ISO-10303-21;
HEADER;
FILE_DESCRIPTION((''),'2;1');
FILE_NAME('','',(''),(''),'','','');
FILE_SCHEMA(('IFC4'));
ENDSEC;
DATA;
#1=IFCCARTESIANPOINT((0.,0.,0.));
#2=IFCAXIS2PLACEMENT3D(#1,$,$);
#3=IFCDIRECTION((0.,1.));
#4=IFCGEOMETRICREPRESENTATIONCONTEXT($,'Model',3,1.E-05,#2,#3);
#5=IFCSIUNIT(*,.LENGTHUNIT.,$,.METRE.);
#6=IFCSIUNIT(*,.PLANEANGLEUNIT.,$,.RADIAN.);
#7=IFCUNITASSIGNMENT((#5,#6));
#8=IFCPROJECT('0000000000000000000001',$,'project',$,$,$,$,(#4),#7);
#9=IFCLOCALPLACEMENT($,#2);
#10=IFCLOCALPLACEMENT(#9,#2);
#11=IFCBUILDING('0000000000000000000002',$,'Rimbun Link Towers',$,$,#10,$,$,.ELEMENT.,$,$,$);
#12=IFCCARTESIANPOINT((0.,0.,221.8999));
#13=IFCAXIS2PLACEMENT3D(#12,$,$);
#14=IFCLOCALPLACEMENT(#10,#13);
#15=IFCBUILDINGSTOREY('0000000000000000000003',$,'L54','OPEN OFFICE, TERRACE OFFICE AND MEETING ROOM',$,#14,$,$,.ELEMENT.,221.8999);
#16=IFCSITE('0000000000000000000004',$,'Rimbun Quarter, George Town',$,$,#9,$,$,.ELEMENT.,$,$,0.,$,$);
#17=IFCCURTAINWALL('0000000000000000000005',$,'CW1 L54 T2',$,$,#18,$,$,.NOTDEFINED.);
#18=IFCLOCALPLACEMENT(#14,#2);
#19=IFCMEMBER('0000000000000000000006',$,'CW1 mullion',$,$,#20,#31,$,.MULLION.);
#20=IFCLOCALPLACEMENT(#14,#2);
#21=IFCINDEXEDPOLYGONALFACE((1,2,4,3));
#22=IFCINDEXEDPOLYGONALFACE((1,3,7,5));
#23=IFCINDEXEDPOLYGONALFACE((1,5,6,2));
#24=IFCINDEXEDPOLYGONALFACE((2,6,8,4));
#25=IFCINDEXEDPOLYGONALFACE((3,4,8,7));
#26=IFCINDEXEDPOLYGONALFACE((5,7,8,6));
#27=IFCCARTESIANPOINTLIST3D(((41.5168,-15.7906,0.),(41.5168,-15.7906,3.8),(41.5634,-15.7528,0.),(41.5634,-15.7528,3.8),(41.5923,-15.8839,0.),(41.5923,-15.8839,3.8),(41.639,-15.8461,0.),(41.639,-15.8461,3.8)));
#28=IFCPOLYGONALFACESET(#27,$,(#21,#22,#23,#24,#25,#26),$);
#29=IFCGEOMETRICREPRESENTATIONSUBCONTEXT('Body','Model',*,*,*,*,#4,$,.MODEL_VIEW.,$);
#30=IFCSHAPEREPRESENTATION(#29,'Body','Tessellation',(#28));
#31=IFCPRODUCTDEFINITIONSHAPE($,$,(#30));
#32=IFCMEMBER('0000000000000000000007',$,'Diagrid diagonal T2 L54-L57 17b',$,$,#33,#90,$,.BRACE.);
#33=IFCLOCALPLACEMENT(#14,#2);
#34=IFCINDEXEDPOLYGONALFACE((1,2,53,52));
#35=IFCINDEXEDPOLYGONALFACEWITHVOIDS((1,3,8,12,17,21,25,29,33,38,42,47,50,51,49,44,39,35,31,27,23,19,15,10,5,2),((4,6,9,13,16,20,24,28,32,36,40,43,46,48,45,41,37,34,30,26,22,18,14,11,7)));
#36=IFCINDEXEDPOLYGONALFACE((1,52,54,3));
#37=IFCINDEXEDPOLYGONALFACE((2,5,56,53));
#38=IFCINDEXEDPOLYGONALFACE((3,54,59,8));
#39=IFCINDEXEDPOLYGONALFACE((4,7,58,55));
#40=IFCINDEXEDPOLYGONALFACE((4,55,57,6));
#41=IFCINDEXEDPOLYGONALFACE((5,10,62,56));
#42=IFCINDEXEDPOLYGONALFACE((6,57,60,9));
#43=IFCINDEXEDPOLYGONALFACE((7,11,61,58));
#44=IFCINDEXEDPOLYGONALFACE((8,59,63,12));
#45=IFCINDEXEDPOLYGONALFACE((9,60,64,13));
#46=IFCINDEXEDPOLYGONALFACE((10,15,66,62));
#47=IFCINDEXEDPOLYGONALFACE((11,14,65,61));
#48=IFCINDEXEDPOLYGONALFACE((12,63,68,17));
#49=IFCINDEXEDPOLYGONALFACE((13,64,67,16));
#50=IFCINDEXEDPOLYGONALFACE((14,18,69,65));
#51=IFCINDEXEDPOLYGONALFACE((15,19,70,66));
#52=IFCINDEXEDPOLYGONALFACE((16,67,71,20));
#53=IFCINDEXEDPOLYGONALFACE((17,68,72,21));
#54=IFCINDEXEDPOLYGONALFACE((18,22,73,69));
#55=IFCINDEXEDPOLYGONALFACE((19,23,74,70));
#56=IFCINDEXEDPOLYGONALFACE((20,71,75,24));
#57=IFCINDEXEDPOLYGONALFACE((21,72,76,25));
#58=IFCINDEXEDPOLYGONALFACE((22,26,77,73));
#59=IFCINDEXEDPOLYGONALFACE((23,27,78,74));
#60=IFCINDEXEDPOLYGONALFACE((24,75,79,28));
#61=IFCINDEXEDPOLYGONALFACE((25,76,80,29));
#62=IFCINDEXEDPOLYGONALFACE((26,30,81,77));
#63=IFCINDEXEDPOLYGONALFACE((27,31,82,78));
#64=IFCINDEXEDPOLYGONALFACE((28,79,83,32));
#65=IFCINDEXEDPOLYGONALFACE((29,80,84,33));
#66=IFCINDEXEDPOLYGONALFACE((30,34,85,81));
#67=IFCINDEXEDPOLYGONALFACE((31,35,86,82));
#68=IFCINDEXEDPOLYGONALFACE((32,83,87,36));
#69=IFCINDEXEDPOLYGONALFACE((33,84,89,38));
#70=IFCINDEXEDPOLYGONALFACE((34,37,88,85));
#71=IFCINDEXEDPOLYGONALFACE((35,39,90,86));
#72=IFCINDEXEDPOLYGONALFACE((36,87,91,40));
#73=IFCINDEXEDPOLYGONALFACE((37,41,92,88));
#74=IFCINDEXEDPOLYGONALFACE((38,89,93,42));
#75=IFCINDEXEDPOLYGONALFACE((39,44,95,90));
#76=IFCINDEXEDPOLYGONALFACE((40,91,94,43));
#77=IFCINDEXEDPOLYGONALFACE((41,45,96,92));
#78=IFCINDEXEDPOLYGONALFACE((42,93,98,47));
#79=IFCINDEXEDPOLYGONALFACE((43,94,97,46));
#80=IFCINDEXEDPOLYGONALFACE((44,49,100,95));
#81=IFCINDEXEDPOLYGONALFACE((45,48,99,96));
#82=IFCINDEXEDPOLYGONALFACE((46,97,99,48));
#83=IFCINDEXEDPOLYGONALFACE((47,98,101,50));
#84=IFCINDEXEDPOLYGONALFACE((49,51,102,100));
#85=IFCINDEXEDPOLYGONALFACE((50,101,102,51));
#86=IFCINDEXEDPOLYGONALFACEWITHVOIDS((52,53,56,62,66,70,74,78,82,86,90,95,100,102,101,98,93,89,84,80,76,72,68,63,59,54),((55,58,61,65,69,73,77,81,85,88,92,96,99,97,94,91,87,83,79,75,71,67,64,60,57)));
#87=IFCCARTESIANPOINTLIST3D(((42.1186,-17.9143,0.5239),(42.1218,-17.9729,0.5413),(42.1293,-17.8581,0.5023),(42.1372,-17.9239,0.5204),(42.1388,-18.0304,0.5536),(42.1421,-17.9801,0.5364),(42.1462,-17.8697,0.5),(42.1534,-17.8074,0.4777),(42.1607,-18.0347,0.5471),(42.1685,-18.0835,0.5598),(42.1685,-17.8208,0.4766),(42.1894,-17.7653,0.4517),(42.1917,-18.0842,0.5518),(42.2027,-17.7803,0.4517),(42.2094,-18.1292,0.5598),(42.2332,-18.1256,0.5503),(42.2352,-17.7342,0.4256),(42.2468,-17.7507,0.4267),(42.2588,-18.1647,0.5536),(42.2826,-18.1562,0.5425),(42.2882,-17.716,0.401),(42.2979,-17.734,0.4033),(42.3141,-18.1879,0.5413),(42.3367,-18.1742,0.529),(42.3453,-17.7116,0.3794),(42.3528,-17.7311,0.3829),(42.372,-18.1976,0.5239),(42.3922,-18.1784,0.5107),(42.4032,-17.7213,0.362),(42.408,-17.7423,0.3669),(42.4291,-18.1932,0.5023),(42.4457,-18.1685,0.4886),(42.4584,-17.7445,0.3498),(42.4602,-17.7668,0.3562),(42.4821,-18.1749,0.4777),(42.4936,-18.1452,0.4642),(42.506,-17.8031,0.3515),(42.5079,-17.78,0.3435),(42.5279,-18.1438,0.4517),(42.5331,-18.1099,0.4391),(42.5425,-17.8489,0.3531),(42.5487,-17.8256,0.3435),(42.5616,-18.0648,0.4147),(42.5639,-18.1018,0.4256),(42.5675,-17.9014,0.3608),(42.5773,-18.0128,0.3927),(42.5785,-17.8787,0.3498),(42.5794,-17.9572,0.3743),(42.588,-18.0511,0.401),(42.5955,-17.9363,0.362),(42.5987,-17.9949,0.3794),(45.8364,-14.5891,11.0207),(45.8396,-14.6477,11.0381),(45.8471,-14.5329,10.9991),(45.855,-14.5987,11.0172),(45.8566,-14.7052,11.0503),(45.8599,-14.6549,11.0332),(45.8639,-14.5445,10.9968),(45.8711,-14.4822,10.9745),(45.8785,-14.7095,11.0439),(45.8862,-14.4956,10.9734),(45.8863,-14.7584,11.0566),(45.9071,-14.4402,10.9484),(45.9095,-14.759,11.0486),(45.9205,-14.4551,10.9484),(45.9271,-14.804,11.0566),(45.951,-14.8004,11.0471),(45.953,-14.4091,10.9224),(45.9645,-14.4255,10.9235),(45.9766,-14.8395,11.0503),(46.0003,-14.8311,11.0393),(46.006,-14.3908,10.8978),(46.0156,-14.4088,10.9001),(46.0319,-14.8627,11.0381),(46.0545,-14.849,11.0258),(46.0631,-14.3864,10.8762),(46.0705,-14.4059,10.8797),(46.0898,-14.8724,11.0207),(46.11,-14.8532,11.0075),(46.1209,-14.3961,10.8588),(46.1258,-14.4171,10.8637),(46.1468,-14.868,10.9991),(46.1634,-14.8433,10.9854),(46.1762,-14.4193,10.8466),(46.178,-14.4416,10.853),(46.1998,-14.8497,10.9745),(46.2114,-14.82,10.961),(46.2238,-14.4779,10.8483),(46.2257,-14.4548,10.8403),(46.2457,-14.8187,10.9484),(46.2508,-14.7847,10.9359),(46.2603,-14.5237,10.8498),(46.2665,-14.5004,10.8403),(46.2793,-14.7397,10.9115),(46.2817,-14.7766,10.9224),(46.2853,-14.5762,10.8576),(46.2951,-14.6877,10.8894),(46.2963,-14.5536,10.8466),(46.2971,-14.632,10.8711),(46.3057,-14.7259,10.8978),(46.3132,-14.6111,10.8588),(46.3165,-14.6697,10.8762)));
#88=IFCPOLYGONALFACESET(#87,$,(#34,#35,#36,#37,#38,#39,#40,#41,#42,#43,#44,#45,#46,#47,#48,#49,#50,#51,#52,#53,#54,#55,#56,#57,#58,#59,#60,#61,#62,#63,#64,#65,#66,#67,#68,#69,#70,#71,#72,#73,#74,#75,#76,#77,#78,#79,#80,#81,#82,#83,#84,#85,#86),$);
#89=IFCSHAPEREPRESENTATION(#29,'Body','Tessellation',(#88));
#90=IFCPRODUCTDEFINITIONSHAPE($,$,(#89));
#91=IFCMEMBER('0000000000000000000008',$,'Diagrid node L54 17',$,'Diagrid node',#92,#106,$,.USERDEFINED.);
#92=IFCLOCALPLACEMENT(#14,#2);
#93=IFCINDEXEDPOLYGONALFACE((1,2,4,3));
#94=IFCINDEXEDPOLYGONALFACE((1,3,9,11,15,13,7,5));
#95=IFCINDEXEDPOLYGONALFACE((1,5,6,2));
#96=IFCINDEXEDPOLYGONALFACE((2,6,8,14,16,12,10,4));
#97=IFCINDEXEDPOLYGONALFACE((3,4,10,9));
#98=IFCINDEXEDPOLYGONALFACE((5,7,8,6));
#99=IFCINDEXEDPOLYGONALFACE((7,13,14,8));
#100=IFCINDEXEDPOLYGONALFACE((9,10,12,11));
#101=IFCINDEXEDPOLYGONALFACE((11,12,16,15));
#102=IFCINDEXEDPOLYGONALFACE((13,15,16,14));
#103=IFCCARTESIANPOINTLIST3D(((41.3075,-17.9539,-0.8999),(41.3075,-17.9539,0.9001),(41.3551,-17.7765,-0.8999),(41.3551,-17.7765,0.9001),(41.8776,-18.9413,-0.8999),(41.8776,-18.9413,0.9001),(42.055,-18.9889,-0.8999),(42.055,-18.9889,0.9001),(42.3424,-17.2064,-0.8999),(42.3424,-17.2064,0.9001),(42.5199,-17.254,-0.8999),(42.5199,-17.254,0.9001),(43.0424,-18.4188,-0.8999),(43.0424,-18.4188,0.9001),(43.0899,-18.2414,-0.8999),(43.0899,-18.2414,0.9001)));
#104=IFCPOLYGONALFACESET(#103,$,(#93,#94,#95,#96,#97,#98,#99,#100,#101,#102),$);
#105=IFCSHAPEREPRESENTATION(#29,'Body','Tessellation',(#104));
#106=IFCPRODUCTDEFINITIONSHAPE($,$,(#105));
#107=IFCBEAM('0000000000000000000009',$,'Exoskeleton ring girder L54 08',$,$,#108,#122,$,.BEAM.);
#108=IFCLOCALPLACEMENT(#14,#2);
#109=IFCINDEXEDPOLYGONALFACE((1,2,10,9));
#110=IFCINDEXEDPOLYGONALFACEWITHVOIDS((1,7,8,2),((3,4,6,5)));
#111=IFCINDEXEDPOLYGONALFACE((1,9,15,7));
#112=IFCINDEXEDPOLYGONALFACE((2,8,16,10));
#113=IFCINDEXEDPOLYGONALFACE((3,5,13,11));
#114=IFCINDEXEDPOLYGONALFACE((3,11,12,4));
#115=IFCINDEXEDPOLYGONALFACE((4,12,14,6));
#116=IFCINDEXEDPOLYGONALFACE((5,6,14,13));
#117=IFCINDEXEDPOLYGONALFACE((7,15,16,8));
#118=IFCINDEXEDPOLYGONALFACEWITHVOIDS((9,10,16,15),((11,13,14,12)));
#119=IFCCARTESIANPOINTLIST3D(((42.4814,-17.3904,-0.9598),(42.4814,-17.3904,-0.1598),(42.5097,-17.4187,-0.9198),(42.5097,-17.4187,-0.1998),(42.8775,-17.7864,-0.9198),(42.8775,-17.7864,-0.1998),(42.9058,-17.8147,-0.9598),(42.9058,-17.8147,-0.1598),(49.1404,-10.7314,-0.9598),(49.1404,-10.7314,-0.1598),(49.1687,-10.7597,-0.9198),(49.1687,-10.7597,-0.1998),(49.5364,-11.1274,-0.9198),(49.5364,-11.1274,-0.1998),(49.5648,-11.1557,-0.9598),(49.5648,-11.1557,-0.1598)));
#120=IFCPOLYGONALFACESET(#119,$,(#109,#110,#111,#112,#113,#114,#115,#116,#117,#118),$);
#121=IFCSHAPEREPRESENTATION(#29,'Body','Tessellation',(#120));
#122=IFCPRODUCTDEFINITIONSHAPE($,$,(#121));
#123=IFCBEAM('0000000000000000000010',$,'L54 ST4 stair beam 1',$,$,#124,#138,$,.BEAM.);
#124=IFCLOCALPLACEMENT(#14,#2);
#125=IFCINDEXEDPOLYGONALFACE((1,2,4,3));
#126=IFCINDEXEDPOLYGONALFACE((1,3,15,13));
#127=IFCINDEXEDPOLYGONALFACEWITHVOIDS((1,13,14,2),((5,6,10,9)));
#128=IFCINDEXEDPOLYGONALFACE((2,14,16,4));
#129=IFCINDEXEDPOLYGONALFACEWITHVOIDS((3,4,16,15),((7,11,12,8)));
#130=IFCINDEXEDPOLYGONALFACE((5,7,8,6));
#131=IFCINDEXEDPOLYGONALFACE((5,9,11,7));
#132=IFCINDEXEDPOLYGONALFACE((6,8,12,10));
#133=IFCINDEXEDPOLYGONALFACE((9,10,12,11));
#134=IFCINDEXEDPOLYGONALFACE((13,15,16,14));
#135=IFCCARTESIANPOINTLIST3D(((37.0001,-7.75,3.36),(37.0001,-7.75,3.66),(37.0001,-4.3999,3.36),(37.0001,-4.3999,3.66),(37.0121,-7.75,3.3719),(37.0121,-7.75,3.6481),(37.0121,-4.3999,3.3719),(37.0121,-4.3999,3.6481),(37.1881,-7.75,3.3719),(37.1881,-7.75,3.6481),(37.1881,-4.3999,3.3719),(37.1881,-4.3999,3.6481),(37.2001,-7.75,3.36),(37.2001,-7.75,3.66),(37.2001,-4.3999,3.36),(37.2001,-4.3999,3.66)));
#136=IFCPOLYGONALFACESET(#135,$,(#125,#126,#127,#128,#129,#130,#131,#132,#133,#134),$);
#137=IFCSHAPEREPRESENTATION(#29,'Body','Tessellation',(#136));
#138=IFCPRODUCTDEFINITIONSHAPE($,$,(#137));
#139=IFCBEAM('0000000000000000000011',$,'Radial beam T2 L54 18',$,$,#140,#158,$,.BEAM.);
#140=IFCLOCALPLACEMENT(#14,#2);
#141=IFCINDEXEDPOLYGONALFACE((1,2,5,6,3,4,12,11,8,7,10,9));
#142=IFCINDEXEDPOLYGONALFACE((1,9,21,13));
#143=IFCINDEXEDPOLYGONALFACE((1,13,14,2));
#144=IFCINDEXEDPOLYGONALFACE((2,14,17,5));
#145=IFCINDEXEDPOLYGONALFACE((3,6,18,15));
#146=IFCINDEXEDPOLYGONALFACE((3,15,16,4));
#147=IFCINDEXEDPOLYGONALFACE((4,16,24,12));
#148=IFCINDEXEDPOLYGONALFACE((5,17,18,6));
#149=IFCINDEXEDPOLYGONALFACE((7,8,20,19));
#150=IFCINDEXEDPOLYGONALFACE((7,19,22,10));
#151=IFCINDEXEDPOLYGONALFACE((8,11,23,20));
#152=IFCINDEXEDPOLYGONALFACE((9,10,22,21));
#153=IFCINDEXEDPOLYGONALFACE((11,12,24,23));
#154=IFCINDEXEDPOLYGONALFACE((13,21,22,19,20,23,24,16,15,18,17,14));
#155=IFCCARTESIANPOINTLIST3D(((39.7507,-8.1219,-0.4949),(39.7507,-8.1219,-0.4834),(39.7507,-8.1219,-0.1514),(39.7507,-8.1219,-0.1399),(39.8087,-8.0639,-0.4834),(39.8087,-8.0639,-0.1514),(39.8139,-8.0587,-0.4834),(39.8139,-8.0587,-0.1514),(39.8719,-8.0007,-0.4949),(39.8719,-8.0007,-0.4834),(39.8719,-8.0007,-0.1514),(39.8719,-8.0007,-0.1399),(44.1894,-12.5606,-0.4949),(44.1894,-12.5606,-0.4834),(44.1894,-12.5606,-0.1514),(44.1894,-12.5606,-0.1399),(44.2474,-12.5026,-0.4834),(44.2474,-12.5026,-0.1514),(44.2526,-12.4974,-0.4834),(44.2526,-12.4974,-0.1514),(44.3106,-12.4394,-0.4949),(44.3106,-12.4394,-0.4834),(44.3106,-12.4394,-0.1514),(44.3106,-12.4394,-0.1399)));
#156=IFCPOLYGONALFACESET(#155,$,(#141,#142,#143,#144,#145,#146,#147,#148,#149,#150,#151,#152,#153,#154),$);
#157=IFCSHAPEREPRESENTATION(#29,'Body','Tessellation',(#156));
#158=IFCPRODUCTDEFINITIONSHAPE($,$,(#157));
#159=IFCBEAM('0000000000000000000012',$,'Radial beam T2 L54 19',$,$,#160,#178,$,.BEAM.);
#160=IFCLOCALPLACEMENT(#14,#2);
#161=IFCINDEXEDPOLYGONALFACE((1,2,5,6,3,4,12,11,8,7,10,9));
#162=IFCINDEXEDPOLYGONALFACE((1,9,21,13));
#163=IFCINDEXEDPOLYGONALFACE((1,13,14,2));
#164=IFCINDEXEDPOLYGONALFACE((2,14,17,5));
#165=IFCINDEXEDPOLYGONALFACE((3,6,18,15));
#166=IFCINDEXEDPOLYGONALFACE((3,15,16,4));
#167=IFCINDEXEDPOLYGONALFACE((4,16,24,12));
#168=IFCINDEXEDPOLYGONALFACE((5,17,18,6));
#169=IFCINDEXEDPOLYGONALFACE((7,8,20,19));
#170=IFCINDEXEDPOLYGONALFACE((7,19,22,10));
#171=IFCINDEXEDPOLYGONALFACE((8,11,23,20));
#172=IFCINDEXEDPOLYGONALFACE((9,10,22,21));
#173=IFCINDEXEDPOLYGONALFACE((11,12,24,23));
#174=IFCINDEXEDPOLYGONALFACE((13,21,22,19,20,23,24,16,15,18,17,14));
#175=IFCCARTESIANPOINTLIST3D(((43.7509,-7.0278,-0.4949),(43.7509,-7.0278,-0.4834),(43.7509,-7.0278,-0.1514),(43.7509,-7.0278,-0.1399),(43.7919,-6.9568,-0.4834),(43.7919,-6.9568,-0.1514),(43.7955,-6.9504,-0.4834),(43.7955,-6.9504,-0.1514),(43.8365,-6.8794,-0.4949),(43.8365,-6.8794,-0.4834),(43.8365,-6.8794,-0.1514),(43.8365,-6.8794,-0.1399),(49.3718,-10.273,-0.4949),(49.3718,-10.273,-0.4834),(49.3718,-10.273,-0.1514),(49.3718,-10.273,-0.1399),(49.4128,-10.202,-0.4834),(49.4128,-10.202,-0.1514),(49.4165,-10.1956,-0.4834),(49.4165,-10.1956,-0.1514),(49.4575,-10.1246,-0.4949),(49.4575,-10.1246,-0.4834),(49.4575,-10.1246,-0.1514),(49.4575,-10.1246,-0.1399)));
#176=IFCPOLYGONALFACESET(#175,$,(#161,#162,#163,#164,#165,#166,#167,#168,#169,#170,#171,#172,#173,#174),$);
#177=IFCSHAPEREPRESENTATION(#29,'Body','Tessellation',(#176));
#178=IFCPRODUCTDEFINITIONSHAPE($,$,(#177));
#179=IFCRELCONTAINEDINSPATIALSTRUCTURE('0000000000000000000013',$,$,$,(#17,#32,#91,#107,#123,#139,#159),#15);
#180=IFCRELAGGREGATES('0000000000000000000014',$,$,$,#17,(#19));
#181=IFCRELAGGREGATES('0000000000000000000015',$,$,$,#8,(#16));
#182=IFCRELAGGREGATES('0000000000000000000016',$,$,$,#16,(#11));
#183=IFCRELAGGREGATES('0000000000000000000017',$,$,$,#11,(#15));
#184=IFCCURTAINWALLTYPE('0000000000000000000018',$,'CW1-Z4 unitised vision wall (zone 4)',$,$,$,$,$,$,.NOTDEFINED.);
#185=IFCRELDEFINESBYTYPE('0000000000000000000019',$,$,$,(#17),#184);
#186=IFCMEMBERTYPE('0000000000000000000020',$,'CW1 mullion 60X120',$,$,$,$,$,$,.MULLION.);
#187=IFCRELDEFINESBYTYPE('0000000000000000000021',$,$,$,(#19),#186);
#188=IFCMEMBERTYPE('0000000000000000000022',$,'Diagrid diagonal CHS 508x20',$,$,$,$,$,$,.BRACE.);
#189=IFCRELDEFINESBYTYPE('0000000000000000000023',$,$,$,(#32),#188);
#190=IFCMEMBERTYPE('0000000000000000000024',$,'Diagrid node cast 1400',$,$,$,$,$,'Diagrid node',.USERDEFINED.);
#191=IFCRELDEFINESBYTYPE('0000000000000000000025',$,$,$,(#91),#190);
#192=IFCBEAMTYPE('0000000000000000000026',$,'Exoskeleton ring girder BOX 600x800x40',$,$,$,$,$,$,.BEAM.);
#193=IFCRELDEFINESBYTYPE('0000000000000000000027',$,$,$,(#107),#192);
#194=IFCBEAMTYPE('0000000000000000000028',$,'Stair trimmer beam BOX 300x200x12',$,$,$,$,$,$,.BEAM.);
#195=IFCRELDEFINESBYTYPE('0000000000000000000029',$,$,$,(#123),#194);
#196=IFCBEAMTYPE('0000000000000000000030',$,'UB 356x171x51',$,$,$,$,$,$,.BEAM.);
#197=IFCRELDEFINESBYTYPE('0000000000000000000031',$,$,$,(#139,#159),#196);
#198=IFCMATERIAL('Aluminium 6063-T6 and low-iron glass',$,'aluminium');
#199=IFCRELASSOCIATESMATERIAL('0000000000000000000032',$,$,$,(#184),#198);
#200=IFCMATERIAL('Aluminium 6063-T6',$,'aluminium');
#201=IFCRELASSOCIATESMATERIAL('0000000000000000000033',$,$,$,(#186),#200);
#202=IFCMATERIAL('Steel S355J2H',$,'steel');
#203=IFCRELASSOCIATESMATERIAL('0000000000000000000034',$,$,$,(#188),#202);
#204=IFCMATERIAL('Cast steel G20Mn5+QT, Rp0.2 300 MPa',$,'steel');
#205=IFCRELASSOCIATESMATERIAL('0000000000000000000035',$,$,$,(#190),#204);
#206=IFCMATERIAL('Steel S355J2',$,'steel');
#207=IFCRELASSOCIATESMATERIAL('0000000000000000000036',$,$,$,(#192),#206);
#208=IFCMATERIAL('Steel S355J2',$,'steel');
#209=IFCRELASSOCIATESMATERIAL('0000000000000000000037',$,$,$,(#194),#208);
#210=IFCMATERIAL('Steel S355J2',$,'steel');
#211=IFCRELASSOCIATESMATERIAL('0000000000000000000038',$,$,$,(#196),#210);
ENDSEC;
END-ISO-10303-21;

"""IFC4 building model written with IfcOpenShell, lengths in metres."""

from ifc_helpers import new_model, si_unit, direction, frame, origin, origin_2d, place, context, subcontext, project, spatial, polyline, rectangle, hollow_rectangle, hollow_circle, i_section, outline, extrude, material, material_profile, profile_set, type_object, element, aggregate, save


model = new_model("IFC4")

# Units and contexts
model_context = context("Model", 3, precision=1e-05, world=origin(), true_north=direction((0.0, 1.0)))
body_context = subcontext(model_context, "Body", "Model", "MODEL_VIEW")
ifc_project = project(units=[si_unit("LENGTHUNIT", "METRE"), si_unit("PLANEANGLEUNIT", "RADIAN")], contexts=[model_context])

# Site, building, storey
site_placement = place(None, origin())
site = spatial("IfcSite", under=ifc_project, at=site_placement, Name="Rimbun Quarter, George Town", CompositionType="ELEMENT", RefElevation=0.0)
building_placement = place(site_placement, origin())
building = spatial("IfcBuilding", under=site, at=building_placement, Name="Rimbun Link Towers", CompositionType="ELEMENT")
storey_placement = place(building_placement, frame((0.0, 0.0, 221.8999)))
storey = spatial("IfcBuildingStorey", under=building, at=storey_placement, Name="L54", Description="OPEN OFFICE, TERRACE OFFICE AND MEETING ROOM", CompositionType="ELEMENT", Elevation=221.8999)

# Curtain wall, member
ifc_material_1 = material(Name="Aluminium 6063-T6 and low-iron glass", Category="aluminium")
curtain_wall_type = type_object("IfcCurtainWallType", Name="CW1-Z4 unitised vision wall (zone 4)", PredefinedType="NOTDEFINED", material=ifc_material_1)
curtain_wall_placement = place(storey_placement, origin())
curtain_wall = element("IfcCurtainWall", 1, at=curtain_wall_placement, inside=storey, type_object=curtain_wall_type, Name="CW1 L54 T2", PredefinedType="NOTDEFINED")
ifc_material_2 = material(Name="Aluminium 6063-T6", Category="aluminium")
ifc_material_profile_1 = material_profile(ifc_material_2, rectangle(XDim=0.1201, YDim=0.0601, at=origin_2d()), Name="MULLION 60X120")
ifc_profile_set_1 = profile_set([ifc_material_profile_1], Name="Aluminium 6063-T6")
member_type_1 = type_object("IfcMemberType", Name="CW1 mullion 60X120", PredefinedType="MULLION", material=ifc_profile_set_1)
member_1_placement = place(storey_placement, frame((41.5779, -15.8184, 0.0), z_axis=(0.0, 0.0, 1.0), x_axis=(0.62916, -0.777276, 0.0)))
member_1 = element("IfcMember", 2, at=member_1_placement, type_object=member_type_1, Name="CW1 mullion", PredefinedType="MULLION", context=body_context, shape_type="SweptSolid", body=[
    extrude(rectangle(XDim=0.1201, YDim=0.0601, at=origin_2d()), origin(), (0.0, 0.0, 1.0), 3.8),
])

# Members
ifc_material_3 = material(Name="Steel S355J2H", Category="steel")
ifc_material_profile_2 = material_profile(ifc_material_3, hollow_circle(Radius=0.2539, WallThickness=0.02, at=origin_2d()), Name="Diagrid diagonal CHS 508x20")
ifc_profile_set_2 = profile_set([ifc_material_profile_2], Name="Steel S355J2H")
member_type_2 = type_object("IfcMemberType", Name="Diagrid diagonal CHS 508x20", PredefinedType="BRACE", material=ifc_profile_set_2)
member_2_placement = place(storey_placement, frame((42.3586, -17.9546, 0.4517), z_axis=(0.319901, 0.286121, 0.903215), x_axis=(-0.666657, 0.745364, 0.0)))
element("IfcMember", 3, at=member_2_placement, inside=storey, type_object=member_type_2, Name="Diagrid diagonal T2 L54-L57 17b", PredefinedType="BRACE", context=body_context, shape_type="SweptSolid", body=[
    extrude(hollow_circle(Radius=0.2539, WallThickness=0.02, at=origin_2d()), origin(), (0.0, 0.0, 1.0), 11.6216),
])
ifc_material_4 = material(Name="Cast steel G20Mn5+QT, Rp0.2 300 MPa", Category="steel")
ifc_material_profile_3 = material_profile(ifc_material_4, outline(polyline([(0.7, -0.5701), (0.7, 0.5701), (0.5701, 0.7), (-0.5701, 0.7), (-0.7, 0.5701), (-0.7, -0.5701), (-0.5701, -0.7), (0.5701, -0.7), (0.7, -0.5701)])), Name="NODE 1400x1400")
ifc_profile_set_3 = profile_set([ifc_material_profile_3], Name="Cast steel G20Mn5+QT, Rp0.2 300 MPa")
member_type_3 = type_object("IfcMemberType", Name="Diagrid node cast 1400", ElementType="Diagrid node", PredefinedType="USERDEFINED", material=ifc_profile_set_3)
member_3_placement = place(storey_placement, frame((42.1987, -18.0977, -0.8999), z_axis=(0.0, 0.0, 1.0), x_axis=(0.5, -0.866025, 0.0)))
element("IfcMember", 4, at=member_3_placement, inside=storey, type_object=member_type_3, Name="Diagrid node L54 17", ObjectType="Diagrid node", PredefinedType="USERDEFINED", context=body_context, shape_type="SweptSolid", body=[
    extrude(outline(polyline([(0.7, -0.5701), (0.7, 0.5701), (0.5701, 0.7), (-0.5701, 0.7), (-0.7, 0.5701), (-0.7, -0.5701), (-0.5701, -0.7), (0.5701, -0.7), (0.7, -0.5701)])), origin(), (0.0, 0.0, 1.0), 1.8),
])

# Beams
ifc_material_5 = material(Name="Steel S355J2", Category="steel")
ifc_material_profile_4 = material_profile(ifc_material_5, hollow_rectangle(XDim=0.6001, YDim=0.8, WallThickness=0.04, at=origin_2d()), Name="Exoskeleton ring girder BOX 600x800x40")
ifc_profile_set_4 = profile_set([ifc_material_profile_4], Name="Steel S355J2")
beam_type_1 = type_object("IfcBeamType", Name="Exoskeleton ring girder BOX 600x800x40", PredefinedType="BEAM", material=ifc_profile_set_4)
beam_1_placement = place(storey_placement, frame((42.6936, -17.6025, -0.5598), z_axis=(0.707107, 0.707107, 0.0), x_axis=(-0.707107, 0.707107, 0.0)))
element("IfcBeam", 5, at=beam_1_placement, inside=storey, type_object=beam_type_1, Name="Exoskeleton ring girder L54 08", PredefinedType="BEAM", context=body_context, shape_type="SweptSolid", body=[
    extrude(hollow_rectangle(XDim=0.6001, YDim=0.8, WallThickness=0.04, at=origin_2d()), origin(), (0.0, 0.0, 1.0), 9.4172),
])
ifc_material_6 = material(Name="Steel S355J2", Category="steel")
ifc_material_profile_5 = material_profile(ifc_material_6, hollow_rectangle(XDim=0.2, YDim=0.3, WallThickness=0.012, at=origin_2d()), Name="BOX 300x200x12")
ifc_profile_set_5 = profile_set([ifc_material_profile_5], Name="Steel S355J2")
beam_type_2 = type_object("IfcBeamType", Name="Stair trimmer beam BOX 300x200x12", PredefinedType="BEAM", material=ifc_profile_set_5)
beam_2_placement = place(storey_placement, frame((37.1001, -7.75, 3.51), z_axis=(0.0, 1.0, 0.0), x_axis=(-1.0, 0.0, 0.0)))
element("IfcBeam", 6, at=beam_2_placement, inside=storey, type_object=beam_type_2, Name="L54 ST4 stair beam 1", PredefinedType="BEAM", context=body_context, shape_type="SweptSolid", body=[
    extrude(hollow_rectangle(XDim=0.2, YDim=0.3, WallThickness=0.012, at=origin_2d()), origin(), (0.0, 0.0, 1.0), 3.3501),
])
ifc_material_7 = material(Name="Steel S355J2", Category="steel")
ifc_material_profile_6 = material_profile(ifc_material_7, i_section(OverallWidth=0.1714, OverallDepth=0.355, WebThickness=0.0073, FlangeThickness=0.0115, at=origin_2d()), Name="UB 356x171x51")
ifc_profile_set_6 = profile_set([ifc_material_profile_6], Name="Steel S355J2")
beam_type_3 = type_object("IfcBeamType", Name="UB 356x171x51", PredefinedType="BEAM", material=ifc_profile_set_6)
beam_3_placement = place(storey_placement, frame((39.8113, -8.0613, -0.3174), z_axis=(0.707107, -0.707107, 0.0), x_axis=(0.707107, 0.707107, 0.0)))
element("IfcBeam", 7, at=beam_3_placement, inside=storey, type_object=beam_type_3, Name="Radial beam T2 L54 18", PredefinedType="BEAM", context=body_context, shape_type="SweptSolid", body=[
    extrude(i_section(OverallWidth=0.1714, OverallDepth=0.355, WebThickness=0.0073, FlangeThickness=0.0115, at=origin_2d()), origin(), (0.0, 0.0, 1.0), 6.2773),
])
beam_4_placement = place(storey_placement, frame((43.7937, -6.9536, -0.3174), z_axis=(0.866031, -0.499991, 0.0), x_axis=(0.499991, 0.866031, 0.0)))
element("IfcBeam", 8, at=beam_4_placement, inside=storey, type_object=beam_type_3, Name="Radial beam T2 L54 19", PredefinedType="BEAM", context=body_context, shape_type="SweptSolid", body=[
    extrude(i_section(OverallWidth=0.1714, OverallDepth=0.355, WebThickness=0.0073, FlangeThickness=0.0115, at=origin_2d()), origin(), (0.0, 0.0, 1.0), 6.4905),
])

aggregate(curtain_wall, [member_1])

save(model, "model.ifc")
